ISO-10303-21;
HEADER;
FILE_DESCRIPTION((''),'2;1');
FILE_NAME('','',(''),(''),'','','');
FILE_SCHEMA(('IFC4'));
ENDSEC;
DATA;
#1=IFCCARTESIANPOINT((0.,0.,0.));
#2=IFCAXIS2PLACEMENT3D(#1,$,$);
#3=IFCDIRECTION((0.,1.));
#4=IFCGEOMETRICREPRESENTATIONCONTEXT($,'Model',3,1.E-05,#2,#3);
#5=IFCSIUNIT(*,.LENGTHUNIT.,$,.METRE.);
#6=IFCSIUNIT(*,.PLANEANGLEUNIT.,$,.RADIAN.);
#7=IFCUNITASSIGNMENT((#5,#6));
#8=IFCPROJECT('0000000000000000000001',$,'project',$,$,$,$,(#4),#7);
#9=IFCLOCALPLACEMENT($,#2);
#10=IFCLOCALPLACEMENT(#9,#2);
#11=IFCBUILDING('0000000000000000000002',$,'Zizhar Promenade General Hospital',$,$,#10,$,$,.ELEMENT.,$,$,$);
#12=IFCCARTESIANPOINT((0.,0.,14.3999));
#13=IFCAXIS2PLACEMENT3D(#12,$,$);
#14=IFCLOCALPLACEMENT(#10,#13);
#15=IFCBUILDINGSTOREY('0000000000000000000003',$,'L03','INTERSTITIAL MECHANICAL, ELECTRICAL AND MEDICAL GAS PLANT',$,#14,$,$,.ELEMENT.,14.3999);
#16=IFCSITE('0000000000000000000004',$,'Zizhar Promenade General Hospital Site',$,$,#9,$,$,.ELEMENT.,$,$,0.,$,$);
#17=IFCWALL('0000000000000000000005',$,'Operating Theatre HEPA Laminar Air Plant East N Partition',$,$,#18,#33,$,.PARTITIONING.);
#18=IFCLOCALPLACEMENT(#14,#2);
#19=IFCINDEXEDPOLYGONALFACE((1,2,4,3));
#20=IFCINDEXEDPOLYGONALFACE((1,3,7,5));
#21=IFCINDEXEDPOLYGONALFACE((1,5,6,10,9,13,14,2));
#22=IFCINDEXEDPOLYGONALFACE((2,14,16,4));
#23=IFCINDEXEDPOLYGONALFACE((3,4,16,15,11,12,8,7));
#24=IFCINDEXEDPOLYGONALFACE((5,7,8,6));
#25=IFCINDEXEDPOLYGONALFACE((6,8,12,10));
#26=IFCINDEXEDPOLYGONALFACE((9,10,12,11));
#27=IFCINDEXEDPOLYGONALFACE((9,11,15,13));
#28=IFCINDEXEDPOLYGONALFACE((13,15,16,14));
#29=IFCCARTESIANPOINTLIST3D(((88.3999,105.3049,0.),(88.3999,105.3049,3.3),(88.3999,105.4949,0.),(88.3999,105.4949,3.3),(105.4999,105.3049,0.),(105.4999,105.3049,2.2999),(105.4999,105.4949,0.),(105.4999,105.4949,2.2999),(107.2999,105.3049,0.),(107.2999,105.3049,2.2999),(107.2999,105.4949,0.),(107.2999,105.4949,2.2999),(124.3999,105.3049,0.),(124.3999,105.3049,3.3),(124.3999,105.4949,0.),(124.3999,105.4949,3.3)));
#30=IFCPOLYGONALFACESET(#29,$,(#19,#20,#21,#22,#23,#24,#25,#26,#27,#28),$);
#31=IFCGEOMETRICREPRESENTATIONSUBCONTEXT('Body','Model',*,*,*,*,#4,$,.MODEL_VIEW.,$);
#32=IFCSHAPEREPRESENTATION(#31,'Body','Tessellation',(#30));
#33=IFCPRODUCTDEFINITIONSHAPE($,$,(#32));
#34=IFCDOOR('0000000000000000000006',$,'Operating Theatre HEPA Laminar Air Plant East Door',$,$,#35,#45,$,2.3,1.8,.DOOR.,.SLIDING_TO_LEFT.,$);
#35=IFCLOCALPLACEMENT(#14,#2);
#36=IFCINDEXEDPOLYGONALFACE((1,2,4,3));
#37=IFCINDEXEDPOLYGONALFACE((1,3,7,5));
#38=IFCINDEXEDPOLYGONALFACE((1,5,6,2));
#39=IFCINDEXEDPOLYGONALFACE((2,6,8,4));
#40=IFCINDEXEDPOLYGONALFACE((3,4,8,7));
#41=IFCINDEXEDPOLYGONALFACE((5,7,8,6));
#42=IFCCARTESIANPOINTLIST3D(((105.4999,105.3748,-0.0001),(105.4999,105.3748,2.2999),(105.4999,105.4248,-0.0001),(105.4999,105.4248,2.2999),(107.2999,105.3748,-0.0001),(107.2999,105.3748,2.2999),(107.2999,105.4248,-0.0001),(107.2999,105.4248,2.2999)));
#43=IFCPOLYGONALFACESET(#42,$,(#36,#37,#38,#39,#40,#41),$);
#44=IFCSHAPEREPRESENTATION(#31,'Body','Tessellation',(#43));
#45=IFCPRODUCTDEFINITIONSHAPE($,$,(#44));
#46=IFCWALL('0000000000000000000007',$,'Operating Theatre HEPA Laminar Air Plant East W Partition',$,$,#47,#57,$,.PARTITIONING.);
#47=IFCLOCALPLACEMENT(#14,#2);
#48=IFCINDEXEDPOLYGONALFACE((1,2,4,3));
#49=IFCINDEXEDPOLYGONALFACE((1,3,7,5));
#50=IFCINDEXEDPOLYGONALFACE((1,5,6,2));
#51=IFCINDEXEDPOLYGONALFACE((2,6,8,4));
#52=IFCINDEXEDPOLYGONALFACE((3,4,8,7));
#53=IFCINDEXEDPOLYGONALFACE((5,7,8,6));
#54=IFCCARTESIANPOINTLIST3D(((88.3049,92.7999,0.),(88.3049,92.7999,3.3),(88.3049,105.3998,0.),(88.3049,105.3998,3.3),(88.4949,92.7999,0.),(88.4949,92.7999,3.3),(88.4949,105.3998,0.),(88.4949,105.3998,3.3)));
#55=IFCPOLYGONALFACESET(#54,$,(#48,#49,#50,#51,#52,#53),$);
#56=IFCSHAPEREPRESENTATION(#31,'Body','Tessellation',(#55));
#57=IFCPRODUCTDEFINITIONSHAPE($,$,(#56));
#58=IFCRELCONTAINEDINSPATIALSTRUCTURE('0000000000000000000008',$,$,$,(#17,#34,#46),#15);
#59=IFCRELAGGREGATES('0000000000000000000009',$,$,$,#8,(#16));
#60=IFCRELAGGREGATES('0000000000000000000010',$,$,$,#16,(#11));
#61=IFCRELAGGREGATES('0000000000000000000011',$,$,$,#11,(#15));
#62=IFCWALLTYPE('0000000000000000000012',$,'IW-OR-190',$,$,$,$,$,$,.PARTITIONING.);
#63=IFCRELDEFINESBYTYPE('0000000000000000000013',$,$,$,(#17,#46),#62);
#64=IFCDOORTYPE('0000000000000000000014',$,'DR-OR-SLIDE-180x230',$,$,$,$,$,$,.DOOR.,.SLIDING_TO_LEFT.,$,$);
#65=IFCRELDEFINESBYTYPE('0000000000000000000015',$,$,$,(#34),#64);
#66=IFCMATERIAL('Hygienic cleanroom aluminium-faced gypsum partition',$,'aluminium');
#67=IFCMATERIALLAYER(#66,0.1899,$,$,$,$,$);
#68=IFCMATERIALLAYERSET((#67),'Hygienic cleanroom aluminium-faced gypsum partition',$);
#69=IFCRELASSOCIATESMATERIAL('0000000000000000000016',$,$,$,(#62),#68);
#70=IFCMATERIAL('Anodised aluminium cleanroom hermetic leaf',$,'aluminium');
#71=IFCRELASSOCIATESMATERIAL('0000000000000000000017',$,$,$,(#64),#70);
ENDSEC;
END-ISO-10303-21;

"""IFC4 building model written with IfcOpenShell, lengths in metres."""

from ifc_helpers import new_model, si_unit, direction, frame, frame_2d, origin, place, context, subcontext, project, spatial, rectangle, extrude, material, layer, layer_set, type_object, element, fill, save


model = new_model("IFC4")

# Units and contexts
model_context = context("Model", 3, precision=1e-05, world=origin(), true_north=direction((0.0, 1.0)))
body_context = subcontext(model_context, "Body", "Model", "MODEL_VIEW")
ifc_project = project(units=[si_unit("LENGTHUNIT", "METRE"), si_unit("PLANEANGLEUNIT", "RADIAN")], contexts=[model_context])

# Site, building, storey
site_placement = place(None, origin())
site = spatial("IfcSite", under=ifc_project, at=site_placement, Name="Zizhar Promenade General Hospital Site", CompositionType="ELEMENT", RefElevation=0.0)
building_placement = place(site_placement, origin())
building = spatial("IfcBuilding", under=site, at=building_placement, Name="Zizhar Promenade General Hospital", CompositionType="ELEMENT")
storey_placement = place(building_placement, frame((0.0, 0.0, 14.3999)))
storey = spatial("IfcBuildingStorey", under=building, at=storey_placement, Name="L03", Description="INTERSTITIAL MECHANICAL, ELECTRICAL AND MEDICAL GAS PLANT", CompositionType="ELEMENT", Elevation=14.3999)

# Shared definitions
ifc_material_1 = material(Name="Hygienic cleanroom aluminium-faced gypsum partition", Category="aluminium")
ifc_layer = layer(ifc_material_1, 0.1899)
ifc_layer_set = layer_set([ifc_layer], Name="Hygienic cleanroom aluminium-faced gypsum partition")
wall_type = type_object("IfcWallType", Name="IW-OR-190", PredefinedType="PARTITIONING", material=ifc_layer_set)

# Wall, opening, door
wall_1_placement = place(storey_placement, frame((88.3999, 105.3999, 0.0), z_axis=(0.0, 0.0, 1.0), x_axis=(1.0, 0.0, 0.0)))
wall_1 = element("IfcWall", 1, at=wall_1_placement, inside=storey, type_object=wall_type, Name="Operating Theatre HEPA Laminar Air Plant East N Partition", PredefinedType="PARTITIONING", context=body_context, shape_type="SweptSolid", body=[
    extrude(rectangle(XDim=36.0, YDim=0.1899, at=frame_2d((18.0, 0.0))), origin(), (0.0, 0.0, 1.0), 3.3),
])
opening_placement = place(wall_1_placement, frame((17.1001, 0.0, 0.0)))
opening = element("IfcOpeningElement", 2, at=opening_placement, cuts=wall_1, PredefinedType="OPENING", context=body_context, shape_type="SweptSolid", body=[
    extrude(rectangle(XDim=1.8, YDim=2.3, at=frame_2d((0.8999, 1.1499))), frame((0.0, 0.105, 0.0), z_axis=(0.0, -1.0, 0.0), x_axis=(1.0, 0.0, 0.0)), (0.0, 0.0, 1.0), 0.21),
])
ifc_material_2 = material(Name="Anodised aluminium cleanroom hermetic leaf", Category="aluminium")
door_type = type_object("IfcDoorType", Name="DR-OR-SLIDE-180x230", OperationType="SLIDING_TO_LEFT", PredefinedType="DOOR", material=ifc_material_2)
door_placement = place(opening_placement, origin())
door = element("IfcDoor", 3, at=door_placement, inside=storey, type_object=door_type, Name="Operating Theatre HEPA Laminar Air Plant East Door", OperationType="SLIDING_TO_LEFT", OverallHeight=2.3, OverallWidth=1.8, PredefinedType="DOOR", context=body_context, shape_type="SweptSolid", body=[
    extrude(rectangle(XDim=1.8, YDim=2.3, at=frame_2d((0.8999, 1.1499))), frame((0.0, 0.0249, 0.0), z_axis=(0.0, -1.0, 0.0), x_axis=(1.0, 0.0, 0.0)), (0.0, 0.0, 1.0), 0.05),
])
fill(opening, door)

# Wall
wall_2_placement = place(storey_placement, frame((88.3999, 92.8, 0.0), z_axis=(0.0, 0.0, 1.0), x_axis=(0.0, 1.0, 0.0)))
element("IfcWall", 4, at=wall_2_placement, inside=storey, type_object=wall_type, Name="Operating Theatre HEPA Laminar Air Plant East W Partition", PredefinedType="PARTITIONING", context=body_context, shape_type="SweptSolid", body=[
    extrude(rectangle(XDim=12.5999, YDim=0.1899, at=frame_2d((6.2998, 0.0))), origin(), (0.0, 0.0, 1.0), 3.3),
])

save(model, "model.ifc")
